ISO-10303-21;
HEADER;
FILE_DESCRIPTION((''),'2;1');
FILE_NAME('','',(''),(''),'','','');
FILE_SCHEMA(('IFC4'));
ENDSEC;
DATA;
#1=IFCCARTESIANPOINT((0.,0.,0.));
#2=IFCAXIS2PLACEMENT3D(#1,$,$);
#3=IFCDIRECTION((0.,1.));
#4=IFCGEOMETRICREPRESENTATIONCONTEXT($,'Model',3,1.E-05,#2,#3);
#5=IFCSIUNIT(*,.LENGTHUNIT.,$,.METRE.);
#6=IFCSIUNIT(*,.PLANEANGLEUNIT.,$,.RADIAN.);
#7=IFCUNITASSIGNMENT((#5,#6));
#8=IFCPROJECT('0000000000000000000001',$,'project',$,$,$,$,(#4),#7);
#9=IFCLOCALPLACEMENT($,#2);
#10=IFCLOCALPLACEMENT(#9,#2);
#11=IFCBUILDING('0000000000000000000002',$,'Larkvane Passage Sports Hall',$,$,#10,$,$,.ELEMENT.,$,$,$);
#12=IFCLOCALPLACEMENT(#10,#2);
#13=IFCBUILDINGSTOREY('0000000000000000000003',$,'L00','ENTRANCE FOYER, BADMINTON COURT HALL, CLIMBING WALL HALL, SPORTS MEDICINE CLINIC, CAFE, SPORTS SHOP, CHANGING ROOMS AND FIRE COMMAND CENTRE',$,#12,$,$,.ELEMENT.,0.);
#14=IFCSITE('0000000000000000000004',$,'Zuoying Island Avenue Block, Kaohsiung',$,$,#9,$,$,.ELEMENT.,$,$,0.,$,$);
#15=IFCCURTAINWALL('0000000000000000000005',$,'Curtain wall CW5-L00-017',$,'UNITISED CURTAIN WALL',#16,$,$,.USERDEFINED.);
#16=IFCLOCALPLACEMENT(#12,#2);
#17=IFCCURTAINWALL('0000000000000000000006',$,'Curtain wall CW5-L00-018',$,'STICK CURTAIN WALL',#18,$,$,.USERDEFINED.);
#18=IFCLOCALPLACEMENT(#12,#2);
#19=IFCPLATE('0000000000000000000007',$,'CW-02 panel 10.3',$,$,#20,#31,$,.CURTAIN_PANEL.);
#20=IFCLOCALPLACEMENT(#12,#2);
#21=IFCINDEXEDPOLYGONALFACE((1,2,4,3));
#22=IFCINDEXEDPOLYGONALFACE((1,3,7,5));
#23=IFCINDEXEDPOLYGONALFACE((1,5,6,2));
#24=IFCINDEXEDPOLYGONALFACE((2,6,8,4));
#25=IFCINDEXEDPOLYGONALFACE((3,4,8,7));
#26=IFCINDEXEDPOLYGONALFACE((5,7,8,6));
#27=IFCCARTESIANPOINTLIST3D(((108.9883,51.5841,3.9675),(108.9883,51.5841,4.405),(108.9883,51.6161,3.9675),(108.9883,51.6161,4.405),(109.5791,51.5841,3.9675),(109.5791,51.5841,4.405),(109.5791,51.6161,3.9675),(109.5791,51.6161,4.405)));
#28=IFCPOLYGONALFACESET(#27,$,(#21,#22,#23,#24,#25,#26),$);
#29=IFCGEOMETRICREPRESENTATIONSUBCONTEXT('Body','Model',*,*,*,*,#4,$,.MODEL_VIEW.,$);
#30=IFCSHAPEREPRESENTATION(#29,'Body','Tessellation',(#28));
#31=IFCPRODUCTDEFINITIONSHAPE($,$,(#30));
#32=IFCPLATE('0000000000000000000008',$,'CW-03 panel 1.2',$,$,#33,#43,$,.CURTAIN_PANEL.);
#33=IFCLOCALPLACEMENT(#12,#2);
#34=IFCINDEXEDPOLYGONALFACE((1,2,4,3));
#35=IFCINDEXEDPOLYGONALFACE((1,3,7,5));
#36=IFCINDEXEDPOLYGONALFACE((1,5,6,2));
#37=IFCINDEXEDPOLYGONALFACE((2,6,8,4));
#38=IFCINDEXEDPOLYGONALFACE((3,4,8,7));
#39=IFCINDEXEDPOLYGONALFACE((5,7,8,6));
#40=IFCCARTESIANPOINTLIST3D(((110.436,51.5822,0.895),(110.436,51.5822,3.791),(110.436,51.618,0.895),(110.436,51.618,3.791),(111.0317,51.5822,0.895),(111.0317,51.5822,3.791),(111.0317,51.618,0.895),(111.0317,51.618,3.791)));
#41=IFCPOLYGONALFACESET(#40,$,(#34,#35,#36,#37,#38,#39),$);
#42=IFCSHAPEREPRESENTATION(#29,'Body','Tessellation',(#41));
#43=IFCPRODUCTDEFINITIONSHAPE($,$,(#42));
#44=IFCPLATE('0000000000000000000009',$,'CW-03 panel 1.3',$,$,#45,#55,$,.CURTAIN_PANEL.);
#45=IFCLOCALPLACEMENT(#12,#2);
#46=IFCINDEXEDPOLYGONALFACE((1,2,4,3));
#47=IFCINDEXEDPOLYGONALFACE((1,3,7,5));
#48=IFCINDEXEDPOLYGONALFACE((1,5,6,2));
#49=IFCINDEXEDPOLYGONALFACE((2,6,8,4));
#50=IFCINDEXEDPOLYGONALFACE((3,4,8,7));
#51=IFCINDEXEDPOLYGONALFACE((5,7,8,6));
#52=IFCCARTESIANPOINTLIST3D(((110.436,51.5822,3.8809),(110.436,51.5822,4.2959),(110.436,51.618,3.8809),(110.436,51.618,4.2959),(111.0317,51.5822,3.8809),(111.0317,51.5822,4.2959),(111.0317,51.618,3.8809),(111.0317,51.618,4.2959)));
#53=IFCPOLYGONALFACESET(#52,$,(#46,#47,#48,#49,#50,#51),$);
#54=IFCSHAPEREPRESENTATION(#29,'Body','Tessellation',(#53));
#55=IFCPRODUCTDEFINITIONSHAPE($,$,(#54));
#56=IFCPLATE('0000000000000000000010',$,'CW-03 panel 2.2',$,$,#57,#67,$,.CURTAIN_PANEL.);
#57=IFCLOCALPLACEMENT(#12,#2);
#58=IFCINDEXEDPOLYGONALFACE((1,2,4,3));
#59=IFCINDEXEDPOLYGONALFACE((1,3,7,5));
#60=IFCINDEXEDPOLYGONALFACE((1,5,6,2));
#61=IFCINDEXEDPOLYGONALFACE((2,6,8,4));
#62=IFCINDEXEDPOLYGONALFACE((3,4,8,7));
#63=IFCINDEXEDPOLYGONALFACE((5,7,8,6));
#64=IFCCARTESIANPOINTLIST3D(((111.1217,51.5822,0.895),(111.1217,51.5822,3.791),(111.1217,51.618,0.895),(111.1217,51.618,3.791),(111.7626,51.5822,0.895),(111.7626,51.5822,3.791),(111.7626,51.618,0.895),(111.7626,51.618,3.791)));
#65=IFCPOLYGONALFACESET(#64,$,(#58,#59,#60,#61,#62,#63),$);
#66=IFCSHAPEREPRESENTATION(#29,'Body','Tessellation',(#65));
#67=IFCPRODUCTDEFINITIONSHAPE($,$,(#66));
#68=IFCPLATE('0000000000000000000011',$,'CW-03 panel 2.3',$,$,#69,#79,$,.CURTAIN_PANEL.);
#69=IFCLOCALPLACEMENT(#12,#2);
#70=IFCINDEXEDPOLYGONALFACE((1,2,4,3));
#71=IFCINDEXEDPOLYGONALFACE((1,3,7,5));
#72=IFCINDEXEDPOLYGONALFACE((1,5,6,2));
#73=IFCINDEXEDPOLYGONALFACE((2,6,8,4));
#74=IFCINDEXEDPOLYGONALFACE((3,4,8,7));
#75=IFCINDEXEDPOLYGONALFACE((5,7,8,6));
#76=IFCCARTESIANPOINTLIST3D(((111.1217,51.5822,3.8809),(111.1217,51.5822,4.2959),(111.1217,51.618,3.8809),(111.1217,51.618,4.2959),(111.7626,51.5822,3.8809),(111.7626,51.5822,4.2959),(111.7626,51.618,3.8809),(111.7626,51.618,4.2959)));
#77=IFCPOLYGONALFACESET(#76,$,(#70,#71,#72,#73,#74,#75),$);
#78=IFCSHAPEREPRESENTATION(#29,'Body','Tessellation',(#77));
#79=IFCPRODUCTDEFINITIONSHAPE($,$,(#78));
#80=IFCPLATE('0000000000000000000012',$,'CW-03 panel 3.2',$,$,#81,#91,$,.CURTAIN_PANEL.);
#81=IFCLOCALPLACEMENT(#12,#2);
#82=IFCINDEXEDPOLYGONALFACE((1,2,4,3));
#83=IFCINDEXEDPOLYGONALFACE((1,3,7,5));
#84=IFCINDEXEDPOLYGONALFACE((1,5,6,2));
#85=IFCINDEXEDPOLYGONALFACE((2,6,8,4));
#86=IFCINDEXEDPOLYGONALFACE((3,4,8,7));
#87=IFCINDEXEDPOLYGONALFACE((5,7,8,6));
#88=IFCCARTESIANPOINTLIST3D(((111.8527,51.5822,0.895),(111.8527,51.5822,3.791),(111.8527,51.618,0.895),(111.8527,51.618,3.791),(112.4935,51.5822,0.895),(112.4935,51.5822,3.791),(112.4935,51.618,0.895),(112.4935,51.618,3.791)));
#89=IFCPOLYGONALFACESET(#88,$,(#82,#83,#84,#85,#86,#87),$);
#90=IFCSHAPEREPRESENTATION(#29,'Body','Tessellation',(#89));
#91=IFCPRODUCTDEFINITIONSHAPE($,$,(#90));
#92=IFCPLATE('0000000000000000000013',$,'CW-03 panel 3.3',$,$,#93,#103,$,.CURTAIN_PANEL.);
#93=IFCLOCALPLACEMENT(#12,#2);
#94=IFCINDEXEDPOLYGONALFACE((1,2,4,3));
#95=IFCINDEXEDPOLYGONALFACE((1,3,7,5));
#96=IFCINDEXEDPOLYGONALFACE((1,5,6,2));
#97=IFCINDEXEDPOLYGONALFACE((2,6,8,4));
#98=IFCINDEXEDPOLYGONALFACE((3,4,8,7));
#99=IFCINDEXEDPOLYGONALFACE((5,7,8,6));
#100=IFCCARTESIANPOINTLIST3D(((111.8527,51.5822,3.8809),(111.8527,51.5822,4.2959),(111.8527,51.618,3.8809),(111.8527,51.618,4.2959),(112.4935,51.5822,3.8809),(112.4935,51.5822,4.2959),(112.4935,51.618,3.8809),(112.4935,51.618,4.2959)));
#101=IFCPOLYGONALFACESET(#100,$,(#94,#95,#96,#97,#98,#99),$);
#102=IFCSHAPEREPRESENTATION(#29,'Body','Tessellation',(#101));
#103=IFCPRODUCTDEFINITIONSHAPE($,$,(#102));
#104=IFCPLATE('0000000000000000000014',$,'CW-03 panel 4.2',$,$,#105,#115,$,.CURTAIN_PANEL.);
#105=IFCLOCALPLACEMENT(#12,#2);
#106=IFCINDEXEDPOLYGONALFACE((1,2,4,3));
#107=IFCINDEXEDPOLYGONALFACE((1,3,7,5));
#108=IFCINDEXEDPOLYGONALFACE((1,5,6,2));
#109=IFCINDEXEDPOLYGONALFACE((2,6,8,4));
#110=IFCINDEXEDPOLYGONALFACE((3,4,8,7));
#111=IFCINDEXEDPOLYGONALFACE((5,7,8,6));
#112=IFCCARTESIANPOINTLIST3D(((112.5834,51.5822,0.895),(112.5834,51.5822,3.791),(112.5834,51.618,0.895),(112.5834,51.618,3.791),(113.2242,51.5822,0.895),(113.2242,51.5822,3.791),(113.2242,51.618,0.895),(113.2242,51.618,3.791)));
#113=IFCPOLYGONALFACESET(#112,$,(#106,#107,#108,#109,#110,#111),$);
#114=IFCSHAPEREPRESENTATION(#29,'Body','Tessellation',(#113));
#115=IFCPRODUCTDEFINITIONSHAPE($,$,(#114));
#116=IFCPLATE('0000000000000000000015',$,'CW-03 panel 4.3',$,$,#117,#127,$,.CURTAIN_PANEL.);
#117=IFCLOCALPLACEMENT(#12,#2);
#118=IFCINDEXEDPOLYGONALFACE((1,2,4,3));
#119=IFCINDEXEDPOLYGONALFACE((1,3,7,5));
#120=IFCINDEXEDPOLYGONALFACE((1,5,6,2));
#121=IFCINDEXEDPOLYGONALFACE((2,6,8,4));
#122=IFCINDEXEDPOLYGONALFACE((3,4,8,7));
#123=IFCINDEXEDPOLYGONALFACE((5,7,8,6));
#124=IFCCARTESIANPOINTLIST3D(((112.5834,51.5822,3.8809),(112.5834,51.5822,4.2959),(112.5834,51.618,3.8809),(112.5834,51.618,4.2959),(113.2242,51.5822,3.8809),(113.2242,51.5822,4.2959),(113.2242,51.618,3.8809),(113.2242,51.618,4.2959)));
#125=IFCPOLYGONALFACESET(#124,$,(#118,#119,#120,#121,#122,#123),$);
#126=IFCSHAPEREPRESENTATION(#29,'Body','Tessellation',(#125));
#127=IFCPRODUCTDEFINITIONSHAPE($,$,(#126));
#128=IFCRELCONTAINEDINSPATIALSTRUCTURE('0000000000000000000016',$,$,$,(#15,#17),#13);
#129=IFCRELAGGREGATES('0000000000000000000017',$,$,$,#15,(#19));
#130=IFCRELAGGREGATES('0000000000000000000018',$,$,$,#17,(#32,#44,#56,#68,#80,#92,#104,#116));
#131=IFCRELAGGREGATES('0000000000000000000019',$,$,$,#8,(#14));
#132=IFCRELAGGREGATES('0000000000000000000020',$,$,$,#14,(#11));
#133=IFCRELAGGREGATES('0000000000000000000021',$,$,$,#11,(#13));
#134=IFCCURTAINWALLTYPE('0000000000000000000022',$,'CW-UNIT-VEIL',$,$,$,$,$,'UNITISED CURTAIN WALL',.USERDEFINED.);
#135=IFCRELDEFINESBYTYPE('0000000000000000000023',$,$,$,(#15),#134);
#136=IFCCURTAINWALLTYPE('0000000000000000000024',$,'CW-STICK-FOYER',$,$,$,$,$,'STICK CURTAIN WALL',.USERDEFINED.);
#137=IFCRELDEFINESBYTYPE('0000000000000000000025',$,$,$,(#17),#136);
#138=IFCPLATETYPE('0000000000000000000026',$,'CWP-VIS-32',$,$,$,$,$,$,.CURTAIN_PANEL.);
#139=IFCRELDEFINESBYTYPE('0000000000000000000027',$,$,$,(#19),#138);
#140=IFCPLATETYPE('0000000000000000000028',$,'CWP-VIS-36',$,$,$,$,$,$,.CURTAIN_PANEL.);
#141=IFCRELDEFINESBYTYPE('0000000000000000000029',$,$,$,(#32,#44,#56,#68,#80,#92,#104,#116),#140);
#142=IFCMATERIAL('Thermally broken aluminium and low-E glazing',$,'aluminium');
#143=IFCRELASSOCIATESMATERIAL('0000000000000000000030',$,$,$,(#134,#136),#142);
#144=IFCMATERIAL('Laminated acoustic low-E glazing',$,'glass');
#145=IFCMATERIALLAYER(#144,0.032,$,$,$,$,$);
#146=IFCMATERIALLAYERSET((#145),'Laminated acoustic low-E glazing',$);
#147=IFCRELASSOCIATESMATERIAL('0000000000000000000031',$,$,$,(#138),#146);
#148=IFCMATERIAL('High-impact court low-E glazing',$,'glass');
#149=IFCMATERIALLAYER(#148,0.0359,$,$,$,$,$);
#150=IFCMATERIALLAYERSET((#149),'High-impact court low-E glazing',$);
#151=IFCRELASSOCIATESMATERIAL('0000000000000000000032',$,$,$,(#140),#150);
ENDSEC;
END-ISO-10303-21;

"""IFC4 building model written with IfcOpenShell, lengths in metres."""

from ifc_helpers import new_model, si_unit, direction, frame, origin, origin_2d, place, context, subcontext, project, spatial, rectangle, extrude, material, layer, layer_set, type_object, element, aggregate, save


model = new_model("IFC4")

# Units and contexts
model_context = context("Model", 3, precision=1e-05, world=origin(), true_north=direction((0.0, 1.0)))
body_context = subcontext(model_context, "Body", "Model", "MODEL_VIEW")
ifc_project = project(units=[si_unit("LENGTHUNIT", "METRE"), si_unit("PLANEANGLEUNIT", "RADIAN")], contexts=[model_context])

# Site, building, storey
site_placement = place(None, origin())
site = spatial("IfcSite", under=ifc_project, at=site_placement, Name="Zuoying Island Avenue Block, Kaohsiung", CompositionType="ELEMENT", RefElevation=0.0)
building_placement = place(site_placement, origin())
building = spatial("IfcBuilding", under=site, at=building_placement, Name="Larkvane Passage Sports Hall", CompositionType="ELEMENT")
storey_placement = place(building_placement, origin())
storey = spatial("IfcBuildingStorey", under=building, at=storey_placement, Name="L00", Description="ENTRANCE FOYER, BADMINTON COURT HALL, CLIMBING WALL HALL, SPORTS MEDICINE CLINIC, CAFE, SPORTS SHOP, CHANGING ROOMS AND FIRE COMMAND CENTRE", CompositionType="ELEMENT", Elevation=0.0)

# Curtain walls
ifc_material_1 = material(Name="Thermally broken aluminium and low-E glazing", Category="aluminium")
curtain_wall_type_1 = type_object("IfcCurtainWallType", Name="CW-UNIT-VEIL", ElementType="UNITISED CURTAIN WALL", PredefinedType="USERDEFINED", material=ifc_material_1)
curtain_wall_1_placement = place(storey_placement, origin())
curtain_wall_1 = element("IfcCurtainWall", 1, at=curtain_wall_1_placement, inside=storey, type_object=curtain_wall_type_1, Name="Curtain wall CW5-L00-017", ObjectType="UNITISED CURTAIN WALL", PredefinedType="USERDEFINED")
curtain_wall_type_2 = type_object("IfcCurtainWallType", Name="CW-STICK-FOYER", ElementType="STICK CURTAIN WALL", PredefinedType="USERDEFINED", material=ifc_material_1)
curtain_wall_2_placement = place(storey_placement, origin())
curtain_wall_2 = element("IfcCurtainWall", 2, at=curtain_wall_2_placement, inside=storey, type_object=curtain_wall_type_2, Name="Curtain wall CW5-L00-018", ObjectType="STICK CURTAIN WALL", PredefinedType="USERDEFINED")

# Plates
ifc_material_2 = material(Name="Laminated acoustic low-E glazing", Category="glass")
ifc_layer_1 = layer(ifc_material_2, 0.032)
ifc_layer_set_1 = layer_set([ifc_layer_1], Name="Laminated acoustic low-E glazing")
plate_type_1 = type_object("IfcPlateType", Name="CWP-VIS-32", PredefinedType="CURTAIN_PANEL", material=ifc_layer_set_1)
plate_1_placement = place(storey_placement, frame((109.2837, 51.6001, 3.9675), z_axis=(0.0, 0.0, 1.0), x_axis=(1.0, 0.0, 0.0)))
plate_1 = element("IfcPlate", 3, at=plate_1_placement, type_object=plate_type_1, Name="CW-02 panel 10.3", PredefinedType="CURTAIN_PANEL", context=body_context, shape_type="SweptSolid", body=[
    extrude(rectangle(XDim=0.5908, YDim=0.032, at=origin_2d()), origin(), (0.0, 0.0, 1.0), 0.4375),
])
aggregate(curtain_wall_1, [plate_1])
ifc_material_3 = material(Name="High-impact court low-E glazing", Category="glass")
ifc_layer_2 = layer(ifc_material_3, 0.0359)
ifc_layer_set_2 = layer_set([ifc_layer_2], Name="High-impact court low-E glazing")
plate_type_2 = type_object("IfcPlateType", Name="CWP-VIS-36", PredefinedType="CURTAIN_PANEL", material=ifc_layer_set_2)
plate_2_placement = place(storey_placement, frame((110.7339, 51.6001, 0.895), z_axis=(0.0, 0.0, 1.0), x_axis=(1.0, 0.0, 0.0)))
plate_2 = element("IfcPlate", 4, at=plate_2_placement, type_object=plate_type_2, Name="CW-03 panel 1.2", PredefinedType="CURTAIN_PANEL", context=body_context, shape_type="SweptSolid", body=[
    extrude(rectangle(XDim=0.5957, YDim=0.0359, at=origin_2d()), origin(), (0.0, 0.0, 1.0), 2.896),
])
plate_3_placement = place(storey_placement, frame((110.7339, 51.6001, 3.8809), z_axis=(0.0, 0.0, 1.0), x_axis=(1.0, 0.0, 0.0)))
plate_3 = element("IfcPlate", 5, at=plate_3_placement, type_object=plate_type_2, Name="CW-03 panel 1.3", PredefinedType="CURTAIN_PANEL", context=body_context, shape_type="SweptSolid", body=[
    extrude(rectangle(XDim=0.5957, YDim=0.0359, at=origin_2d()), origin(), (0.0, 0.0, 1.0), 0.415),
])
plate_4_placement = place(storey_placement, frame((111.4421, 51.6001, 0.895), z_axis=(0.0, 0.0, 1.0), x_axis=(1.0, 0.0, 0.0)))
plate_4 = element("IfcPlate", 6, at=plate_4_placement, type_object=plate_type_2, Name="CW-03 panel 2.2", PredefinedType="CURTAIN_PANEL", context=body_context, shape_type="SweptSolid", body=[
    extrude(rectangle(XDim=0.6409, YDim=0.0359, at=origin_2d()), origin(), (0.0, 0.0, 1.0), 2.896),
])
plate_5_placement = place(storey_placement, frame((111.4421, 51.6001, 3.8809), z_axis=(0.0, 0.0, 1.0), x_axis=(1.0, 0.0, 0.0)))
plate_5 = element("IfcPlate", 7, at=plate_5_placement, type_object=plate_type_2, Name="CW-03 panel 2.3", PredefinedType="CURTAIN_PANEL", context=body_context, shape_type="SweptSolid", body=[
    extrude(rectangle(XDim=0.6409, YDim=0.0359, at=origin_2d()), origin(), (0.0, 0.0, 1.0), 0.415),
])
plate_6_placement = place(storey_placement, frame((112.1731, 51.6001, 0.895), z_axis=(0.0, 0.0, 1.0), x_axis=(1.0, 0.0, 0.0)))
plate_6 = element("IfcPlate", 8, at=plate_6_placement, type_object=plate_type_2, Name="CW-03 panel 3.2", PredefinedType="CURTAIN_PANEL", context=body_context, shape_type="SweptSolid", body=[
    extrude(rectangle(XDim=0.6409, YDim=0.0359, at=origin_2d()), origin(), (0.0, 0.0, 1.0), 2.896),
])
plate_7_placement = place(storey_placement, frame((112.1731, 51.6001, 3.8809), z_axis=(0.0, 0.0, 1.0), x_axis=(1.0, 0.0, 0.0)))
plate_7 = element("IfcPlate", 9, at=plate_7_placement, type_object=plate_type_2, Name="CW-03 panel 3.3", PredefinedType="CURTAIN_PANEL", context=body_context, shape_type="SweptSolid", body=[
    extrude(rectangle(XDim=0.6409, YDim=0.0359, at=origin_2d()), origin(), (0.0, 0.0, 1.0), 0.415),
])
plate_8_placement = place(storey_placement, frame((112.9038, 51.6001, 0.895), z_axis=(0.0, 0.0, 1.0), x_axis=(1.0, 0.0, 0.0)))
plate_8 = element("IfcPlate", 10, at=plate_8_placement, type_object=plate_type_2, Name="CW-03 panel 4.2", PredefinedType="CURTAIN_PANEL", context=body_context, shape_type="SweptSolid", body=[
    extrude(rectangle(XDim=0.6409, YDim=0.0359, at=origin_2d()), origin(), (0.0, 0.0, 1.0), 2.896),
])
plate_9_placement = place(storey_placement, frame((112.9038, 51.6001, 3.8809), z_axis=(0.0, 0.0, 1.0), x_axis=(1.0, 0.0, 0.0)))
plate_9 = element("IfcPlate", 11, at=plate_9_placement, type_object=plate_type_2, Name="CW-03 panel 4.3", PredefinedType="CURTAIN_PANEL", context=body_context, shape_type="SweptSolid", body=[
    extrude(rectangle(XDim=0.6409, YDim=0.0359, at=origin_2d()), origin(), (0.0, 0.0, 1.0), 0.415),
])
aggregate(curtain_wall_2, [plate_2, plate_3, plate_4, plate_5, plate_6, plate_7, plate_8, plate_9])

save(model, "model.ifc")
